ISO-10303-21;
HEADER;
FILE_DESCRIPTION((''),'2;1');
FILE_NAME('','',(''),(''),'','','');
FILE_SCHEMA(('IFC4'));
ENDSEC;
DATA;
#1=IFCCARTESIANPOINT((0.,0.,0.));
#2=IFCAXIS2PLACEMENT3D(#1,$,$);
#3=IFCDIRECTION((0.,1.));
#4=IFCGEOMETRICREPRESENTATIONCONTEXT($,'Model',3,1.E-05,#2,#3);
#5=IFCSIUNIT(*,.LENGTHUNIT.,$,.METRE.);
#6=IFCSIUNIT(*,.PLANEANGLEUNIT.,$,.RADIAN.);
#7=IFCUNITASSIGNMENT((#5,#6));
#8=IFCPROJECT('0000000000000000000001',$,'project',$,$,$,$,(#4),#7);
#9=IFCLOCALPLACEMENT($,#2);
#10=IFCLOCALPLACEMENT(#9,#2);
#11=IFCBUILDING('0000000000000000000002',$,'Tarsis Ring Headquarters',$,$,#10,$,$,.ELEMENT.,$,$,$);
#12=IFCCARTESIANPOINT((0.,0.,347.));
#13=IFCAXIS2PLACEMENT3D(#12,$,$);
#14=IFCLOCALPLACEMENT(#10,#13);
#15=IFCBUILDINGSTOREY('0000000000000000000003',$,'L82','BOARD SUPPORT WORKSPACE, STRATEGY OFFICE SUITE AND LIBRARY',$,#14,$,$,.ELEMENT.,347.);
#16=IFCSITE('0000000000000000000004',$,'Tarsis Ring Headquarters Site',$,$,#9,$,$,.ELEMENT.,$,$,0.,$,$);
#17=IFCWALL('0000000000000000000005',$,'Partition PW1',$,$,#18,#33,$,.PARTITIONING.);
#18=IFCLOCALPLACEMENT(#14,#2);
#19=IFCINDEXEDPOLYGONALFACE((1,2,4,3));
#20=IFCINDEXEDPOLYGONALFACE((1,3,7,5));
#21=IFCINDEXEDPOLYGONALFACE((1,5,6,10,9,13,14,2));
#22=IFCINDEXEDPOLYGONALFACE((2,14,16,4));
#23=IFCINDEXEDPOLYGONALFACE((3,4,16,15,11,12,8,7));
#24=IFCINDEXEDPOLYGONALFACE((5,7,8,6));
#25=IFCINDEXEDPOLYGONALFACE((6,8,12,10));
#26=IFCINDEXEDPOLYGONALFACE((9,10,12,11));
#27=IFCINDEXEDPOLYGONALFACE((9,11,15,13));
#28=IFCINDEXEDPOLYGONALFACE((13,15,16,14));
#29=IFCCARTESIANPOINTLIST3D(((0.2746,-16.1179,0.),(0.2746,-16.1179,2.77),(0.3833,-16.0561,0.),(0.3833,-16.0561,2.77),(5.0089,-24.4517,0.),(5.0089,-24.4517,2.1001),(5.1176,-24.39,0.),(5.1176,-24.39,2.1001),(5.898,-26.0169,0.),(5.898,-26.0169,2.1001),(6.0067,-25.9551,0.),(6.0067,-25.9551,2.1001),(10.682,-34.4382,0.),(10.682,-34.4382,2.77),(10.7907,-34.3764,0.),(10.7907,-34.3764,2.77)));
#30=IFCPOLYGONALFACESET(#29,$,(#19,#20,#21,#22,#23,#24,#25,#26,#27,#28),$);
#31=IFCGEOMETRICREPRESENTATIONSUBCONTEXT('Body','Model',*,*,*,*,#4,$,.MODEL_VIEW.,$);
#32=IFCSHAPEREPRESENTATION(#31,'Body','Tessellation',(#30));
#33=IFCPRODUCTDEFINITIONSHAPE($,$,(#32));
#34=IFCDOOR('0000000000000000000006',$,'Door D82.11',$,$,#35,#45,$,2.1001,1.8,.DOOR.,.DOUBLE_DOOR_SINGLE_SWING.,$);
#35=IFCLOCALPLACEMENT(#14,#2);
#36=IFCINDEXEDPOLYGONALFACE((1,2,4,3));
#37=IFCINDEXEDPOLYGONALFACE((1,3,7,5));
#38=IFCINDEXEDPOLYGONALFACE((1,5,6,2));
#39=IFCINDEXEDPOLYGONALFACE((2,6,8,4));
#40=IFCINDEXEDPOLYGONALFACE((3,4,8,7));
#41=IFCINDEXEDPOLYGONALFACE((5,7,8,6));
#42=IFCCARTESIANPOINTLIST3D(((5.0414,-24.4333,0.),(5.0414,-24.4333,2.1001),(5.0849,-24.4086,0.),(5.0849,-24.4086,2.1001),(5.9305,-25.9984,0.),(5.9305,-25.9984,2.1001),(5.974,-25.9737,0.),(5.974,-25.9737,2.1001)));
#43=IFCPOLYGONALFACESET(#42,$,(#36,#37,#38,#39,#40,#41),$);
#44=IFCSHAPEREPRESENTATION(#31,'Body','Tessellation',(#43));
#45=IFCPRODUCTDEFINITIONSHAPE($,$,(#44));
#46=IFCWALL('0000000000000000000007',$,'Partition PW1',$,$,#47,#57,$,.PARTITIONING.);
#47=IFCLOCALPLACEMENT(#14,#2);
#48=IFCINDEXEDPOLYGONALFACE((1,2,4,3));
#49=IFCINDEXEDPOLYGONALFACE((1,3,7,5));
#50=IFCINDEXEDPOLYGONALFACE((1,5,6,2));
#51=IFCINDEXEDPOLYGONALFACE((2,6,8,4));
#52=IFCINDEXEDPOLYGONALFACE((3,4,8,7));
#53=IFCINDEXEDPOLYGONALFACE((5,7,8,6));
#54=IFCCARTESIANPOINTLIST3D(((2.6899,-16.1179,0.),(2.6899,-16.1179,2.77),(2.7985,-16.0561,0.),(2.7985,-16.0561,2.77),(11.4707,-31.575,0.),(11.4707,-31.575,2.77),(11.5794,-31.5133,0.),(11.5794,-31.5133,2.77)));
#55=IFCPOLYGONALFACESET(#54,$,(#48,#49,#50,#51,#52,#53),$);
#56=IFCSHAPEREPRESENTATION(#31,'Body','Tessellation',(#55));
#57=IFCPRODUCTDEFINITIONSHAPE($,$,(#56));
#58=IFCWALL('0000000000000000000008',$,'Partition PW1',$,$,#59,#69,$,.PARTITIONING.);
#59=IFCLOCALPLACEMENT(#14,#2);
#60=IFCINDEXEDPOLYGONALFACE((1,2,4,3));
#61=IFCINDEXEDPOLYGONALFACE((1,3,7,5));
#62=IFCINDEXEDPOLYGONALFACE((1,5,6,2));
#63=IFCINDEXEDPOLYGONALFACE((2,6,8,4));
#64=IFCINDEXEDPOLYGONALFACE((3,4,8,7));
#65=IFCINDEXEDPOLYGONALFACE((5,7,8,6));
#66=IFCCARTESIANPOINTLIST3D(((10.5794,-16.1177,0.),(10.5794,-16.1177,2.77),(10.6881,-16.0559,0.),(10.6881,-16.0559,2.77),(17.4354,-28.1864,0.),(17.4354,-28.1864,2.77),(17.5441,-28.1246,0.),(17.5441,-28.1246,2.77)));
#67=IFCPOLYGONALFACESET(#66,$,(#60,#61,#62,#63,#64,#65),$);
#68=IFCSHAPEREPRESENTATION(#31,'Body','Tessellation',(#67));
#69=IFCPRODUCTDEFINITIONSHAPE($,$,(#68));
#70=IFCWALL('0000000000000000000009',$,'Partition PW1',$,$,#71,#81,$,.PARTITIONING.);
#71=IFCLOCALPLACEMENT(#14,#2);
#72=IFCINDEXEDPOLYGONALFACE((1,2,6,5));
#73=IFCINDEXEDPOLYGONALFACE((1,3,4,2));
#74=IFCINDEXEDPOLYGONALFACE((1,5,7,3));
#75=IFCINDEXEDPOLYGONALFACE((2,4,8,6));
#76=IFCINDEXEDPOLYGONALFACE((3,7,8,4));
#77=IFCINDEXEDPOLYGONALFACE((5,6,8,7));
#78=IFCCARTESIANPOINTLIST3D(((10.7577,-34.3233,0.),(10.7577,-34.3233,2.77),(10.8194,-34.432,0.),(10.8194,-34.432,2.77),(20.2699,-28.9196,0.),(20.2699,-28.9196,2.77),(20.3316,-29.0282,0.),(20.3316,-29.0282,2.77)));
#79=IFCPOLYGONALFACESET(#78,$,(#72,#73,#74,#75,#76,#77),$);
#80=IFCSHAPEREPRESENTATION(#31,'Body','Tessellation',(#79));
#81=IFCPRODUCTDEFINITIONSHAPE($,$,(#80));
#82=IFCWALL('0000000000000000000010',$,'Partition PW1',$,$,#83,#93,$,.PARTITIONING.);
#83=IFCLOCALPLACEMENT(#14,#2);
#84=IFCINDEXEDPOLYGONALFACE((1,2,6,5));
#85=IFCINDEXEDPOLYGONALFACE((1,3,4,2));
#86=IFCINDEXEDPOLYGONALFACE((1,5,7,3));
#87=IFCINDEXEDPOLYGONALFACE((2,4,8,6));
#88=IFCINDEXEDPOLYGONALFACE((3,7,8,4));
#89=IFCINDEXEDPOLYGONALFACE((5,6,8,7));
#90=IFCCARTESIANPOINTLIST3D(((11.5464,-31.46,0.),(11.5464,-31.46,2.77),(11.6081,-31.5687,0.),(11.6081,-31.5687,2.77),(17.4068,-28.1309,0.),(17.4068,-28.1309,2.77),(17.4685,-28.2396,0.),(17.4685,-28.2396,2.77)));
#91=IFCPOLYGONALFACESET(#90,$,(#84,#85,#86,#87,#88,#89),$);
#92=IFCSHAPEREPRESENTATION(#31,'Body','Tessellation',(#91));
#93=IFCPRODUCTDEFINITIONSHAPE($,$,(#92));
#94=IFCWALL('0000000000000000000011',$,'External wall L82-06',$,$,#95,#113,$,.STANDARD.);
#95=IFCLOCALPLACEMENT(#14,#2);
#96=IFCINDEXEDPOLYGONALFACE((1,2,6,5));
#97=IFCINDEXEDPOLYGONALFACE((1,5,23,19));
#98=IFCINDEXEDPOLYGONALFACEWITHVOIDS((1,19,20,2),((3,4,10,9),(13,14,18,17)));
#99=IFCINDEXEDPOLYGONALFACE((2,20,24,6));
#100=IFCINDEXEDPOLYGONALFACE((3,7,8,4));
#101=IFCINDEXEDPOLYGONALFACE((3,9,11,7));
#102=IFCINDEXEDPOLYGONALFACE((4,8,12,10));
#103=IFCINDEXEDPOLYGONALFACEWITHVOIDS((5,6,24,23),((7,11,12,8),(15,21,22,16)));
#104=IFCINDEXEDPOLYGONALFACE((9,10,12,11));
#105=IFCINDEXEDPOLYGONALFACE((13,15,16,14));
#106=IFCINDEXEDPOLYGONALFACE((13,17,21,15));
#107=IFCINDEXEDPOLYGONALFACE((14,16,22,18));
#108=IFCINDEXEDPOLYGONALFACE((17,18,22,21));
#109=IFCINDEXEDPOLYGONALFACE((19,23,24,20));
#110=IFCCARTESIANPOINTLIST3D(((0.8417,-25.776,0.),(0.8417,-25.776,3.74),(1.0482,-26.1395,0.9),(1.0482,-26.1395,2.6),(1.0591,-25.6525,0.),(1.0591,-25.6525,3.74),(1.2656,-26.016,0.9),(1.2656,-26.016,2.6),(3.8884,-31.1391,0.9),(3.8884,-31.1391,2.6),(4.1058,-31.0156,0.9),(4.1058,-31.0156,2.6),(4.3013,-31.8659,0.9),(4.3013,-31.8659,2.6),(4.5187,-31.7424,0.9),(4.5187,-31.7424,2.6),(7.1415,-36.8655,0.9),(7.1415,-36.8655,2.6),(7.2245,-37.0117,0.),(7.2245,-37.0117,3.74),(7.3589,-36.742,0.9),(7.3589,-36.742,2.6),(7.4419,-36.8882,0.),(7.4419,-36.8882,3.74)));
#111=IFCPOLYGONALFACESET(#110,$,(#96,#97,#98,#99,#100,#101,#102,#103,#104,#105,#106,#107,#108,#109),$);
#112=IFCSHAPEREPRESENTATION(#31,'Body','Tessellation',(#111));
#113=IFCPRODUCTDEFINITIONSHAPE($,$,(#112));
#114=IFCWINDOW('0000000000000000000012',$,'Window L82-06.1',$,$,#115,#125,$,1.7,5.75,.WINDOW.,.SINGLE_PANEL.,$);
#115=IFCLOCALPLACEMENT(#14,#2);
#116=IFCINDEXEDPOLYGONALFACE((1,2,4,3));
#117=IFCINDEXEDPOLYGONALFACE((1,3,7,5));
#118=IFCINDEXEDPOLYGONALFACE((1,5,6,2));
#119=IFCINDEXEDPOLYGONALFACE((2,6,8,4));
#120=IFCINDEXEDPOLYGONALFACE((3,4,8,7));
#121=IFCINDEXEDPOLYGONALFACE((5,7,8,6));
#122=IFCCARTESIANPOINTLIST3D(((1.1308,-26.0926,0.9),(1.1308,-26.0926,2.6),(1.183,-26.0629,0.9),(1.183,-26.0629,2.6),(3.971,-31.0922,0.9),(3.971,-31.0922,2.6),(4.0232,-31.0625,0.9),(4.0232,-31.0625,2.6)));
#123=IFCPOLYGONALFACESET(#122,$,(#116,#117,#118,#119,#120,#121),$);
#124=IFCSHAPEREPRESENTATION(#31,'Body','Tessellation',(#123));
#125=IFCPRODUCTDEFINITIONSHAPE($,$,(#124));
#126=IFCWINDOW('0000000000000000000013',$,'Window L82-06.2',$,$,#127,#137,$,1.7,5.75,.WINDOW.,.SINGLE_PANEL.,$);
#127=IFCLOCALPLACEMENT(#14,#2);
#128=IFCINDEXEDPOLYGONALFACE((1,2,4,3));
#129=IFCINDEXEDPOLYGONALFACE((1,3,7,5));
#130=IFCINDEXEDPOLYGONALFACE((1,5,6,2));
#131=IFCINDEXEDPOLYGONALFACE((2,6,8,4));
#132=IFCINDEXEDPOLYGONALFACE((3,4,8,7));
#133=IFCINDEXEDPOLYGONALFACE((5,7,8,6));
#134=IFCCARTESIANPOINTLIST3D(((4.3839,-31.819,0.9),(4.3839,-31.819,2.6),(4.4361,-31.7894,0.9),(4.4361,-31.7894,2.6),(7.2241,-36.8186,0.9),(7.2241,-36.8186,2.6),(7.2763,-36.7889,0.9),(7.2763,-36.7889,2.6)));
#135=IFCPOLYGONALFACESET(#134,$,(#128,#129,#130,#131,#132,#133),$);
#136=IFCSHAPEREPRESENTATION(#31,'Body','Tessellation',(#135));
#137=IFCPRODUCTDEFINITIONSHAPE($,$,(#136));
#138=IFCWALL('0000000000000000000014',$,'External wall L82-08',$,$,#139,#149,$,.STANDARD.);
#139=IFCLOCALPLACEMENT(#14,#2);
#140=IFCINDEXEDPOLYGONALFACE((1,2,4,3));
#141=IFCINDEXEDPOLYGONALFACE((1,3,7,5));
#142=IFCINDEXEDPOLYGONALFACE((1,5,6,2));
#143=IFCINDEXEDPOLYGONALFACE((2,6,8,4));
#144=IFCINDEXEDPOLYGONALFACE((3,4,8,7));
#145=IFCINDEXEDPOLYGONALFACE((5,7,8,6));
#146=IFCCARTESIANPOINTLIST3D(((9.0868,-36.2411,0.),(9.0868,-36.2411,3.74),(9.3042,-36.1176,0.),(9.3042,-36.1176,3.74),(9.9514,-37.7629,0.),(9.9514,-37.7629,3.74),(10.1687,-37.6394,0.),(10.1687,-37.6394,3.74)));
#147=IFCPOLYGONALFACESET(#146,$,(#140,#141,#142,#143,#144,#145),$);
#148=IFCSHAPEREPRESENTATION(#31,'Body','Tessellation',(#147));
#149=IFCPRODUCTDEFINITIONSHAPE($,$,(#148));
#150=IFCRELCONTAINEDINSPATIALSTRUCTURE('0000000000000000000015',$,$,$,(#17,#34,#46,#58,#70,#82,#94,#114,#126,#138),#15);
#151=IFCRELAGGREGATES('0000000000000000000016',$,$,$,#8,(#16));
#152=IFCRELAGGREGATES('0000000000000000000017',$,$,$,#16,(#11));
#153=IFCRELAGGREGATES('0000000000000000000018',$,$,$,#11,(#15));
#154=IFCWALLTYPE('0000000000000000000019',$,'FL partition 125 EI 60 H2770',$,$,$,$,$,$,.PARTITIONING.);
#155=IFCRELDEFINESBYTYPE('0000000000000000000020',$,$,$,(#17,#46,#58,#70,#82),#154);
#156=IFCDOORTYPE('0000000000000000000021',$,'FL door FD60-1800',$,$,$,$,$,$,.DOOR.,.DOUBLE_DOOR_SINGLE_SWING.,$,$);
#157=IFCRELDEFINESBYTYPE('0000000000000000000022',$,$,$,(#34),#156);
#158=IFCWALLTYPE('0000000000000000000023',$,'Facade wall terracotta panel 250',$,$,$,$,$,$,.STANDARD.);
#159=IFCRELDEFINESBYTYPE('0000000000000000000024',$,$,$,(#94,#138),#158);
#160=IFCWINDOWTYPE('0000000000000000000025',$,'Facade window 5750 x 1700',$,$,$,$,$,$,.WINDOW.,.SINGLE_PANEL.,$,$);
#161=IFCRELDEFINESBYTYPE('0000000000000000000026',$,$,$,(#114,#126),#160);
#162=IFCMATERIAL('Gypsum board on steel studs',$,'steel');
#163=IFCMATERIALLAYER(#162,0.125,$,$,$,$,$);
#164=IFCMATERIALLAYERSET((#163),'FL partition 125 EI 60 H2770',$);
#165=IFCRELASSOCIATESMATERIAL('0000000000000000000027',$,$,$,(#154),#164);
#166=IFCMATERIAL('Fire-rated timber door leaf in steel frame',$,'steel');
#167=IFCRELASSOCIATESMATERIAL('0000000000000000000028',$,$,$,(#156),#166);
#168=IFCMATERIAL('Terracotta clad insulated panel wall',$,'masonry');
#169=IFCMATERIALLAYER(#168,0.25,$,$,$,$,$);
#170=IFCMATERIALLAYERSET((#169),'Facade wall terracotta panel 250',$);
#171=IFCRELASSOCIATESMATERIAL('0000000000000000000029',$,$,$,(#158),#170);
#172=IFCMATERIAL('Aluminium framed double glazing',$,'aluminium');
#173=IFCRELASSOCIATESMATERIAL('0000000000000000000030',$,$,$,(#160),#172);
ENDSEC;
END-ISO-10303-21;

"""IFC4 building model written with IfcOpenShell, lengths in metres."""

from ifc_helpers import new_model, si_unit, direction, frame, frame_2d, origin, place, context, subcontext, project, spatial, rectangle, extrude, material, layer, layer_set, type_object, element, fill, save


model = new_model("IFC4")

# Units and contexts
model_context = context("Model", 3, precision=1e-05, world=origin(), true_north=direction((0.0, 1.0)))
body_context = subcontext(model_context, "Body", "Model", "MODEL_VIEW")
ifc_project = project(units=[si_unit("LENGTHUNIT", "METRE"), si_unit("PLANEANGLEUNIT", "RADIAN")], contexts=[model_context])

# Site, building, storey
site_placement = place(None, origin())
site = spatial("IfcSite", under=ifc_project, at=site_placement, Name="Tarsis Ring Headquarters Site", CompositionType="ELEMENT", RefElevation=0.0)
building_placement = place(site_placement, origin())
building = spatial("IfcBuilding", under=site, at=building_placement, Name="Tarsis Ring Headquarters", CompositionType="ELEMENT")
storey_placement = place(building_placement, frame((0.0, 0.0, 347.0)))
storey = spatial("IfcBuildingStorey", under=building, at=storey_placement, Name="L82", Description="BOARD SUPPORT WORKSPACE, STRATEGY OFFICE SUITE AND LIBRARY", CompositionType="ELEMENT", Elevation=347.0)

# Shared definitions
ifc_material_1 = material(Name="Gypsum board on steel studs", Category="steel")

# Wall, opening, door
ifc_layer_1 = layer(ifc_material_1, 0.125)
ifc_layer_set_1 = layer_set([ifc_layer_1], Name="FL partition 125 EI 60 H2770")
wall_type_1 = type_object("IfcWallType", Name="FL partition 125 EI 60 H2770", PredefinedType="PARTITIONING", material=ifc_layer_set_1)
wall_1_placement = place(storey_placement, frame((0.3289, -16.0869, 0.0), z_axis=(0.0, 0.0, 1.0), x_axis=(0.493945, -0.869493, 0.0)))
wall_1 = element("IfcWall", 1, at=wall_1_placement, inside=storey, type_object=wall_type_1, Name="Partition PW1", PredefinedType="PARTITIONING", context=body_context, shape_type="SweptSolid", body=[
    extrude(rectangle(XDim=21.0701, YDim=0.125, at=frame_2d((10.5352, 0.0))), origin(), (0.0, 0.0, 1.0), 2.77),
])
opening_1_placement = place(wall_1_placement, frame((9.585, 0.0, 0.0)))
opening_1 = element("IfcOpeningElement", 2, at=opening_1_placement, cuts=wall_1, PredefinedType="OPENING", context=body_context, shape_type="SweptSolid", body=[
    extrude(rectangle(XDim=1.8, YDim=2.1001, at=frame_2d((0.8999, 1.05))), frame((0.0, 0.0725, 0.0), z_axis=(0.0, -1.0, 0.0), x_axis=(1.0, 0.0, 0.0)), (0.0, 0.0, 1.0), 0.145),
])
ifc_material_2 = material(Name="Fire-rated timber door leaf in steel frame", Category="steel")
door_type_1 = type_object("IfcDoorType", Name="FL door FD60-1800", OperationType="DOUBLE_DOOR_SINGLE_SWING", PredefinedType="DOOR", material=ifc_material_2)
door_1_placement = place(opening_1_placement, origin())
door_1 = element("IfcDoor", 3, at=door_1_placement, inside=storey, type_object=door_type_1, Name="Door D82.11", OperationType="DOUBLE_DOOR_SINGLE_SWING", OverallHeight=2.1001, OverallWidth=1.8, PredefinedType="DOOR", context=body_context, shape_type="SweptSolid", body=[
    extrude(rectangle(XDim=1.8, YDim=2.1001, at=frame_2d((0.8999, 1.05))), frame((0.0, 0.0249, 0.0), z_axis=(0.0, -1.0, 0.0), x_axis=(1.0, 0.0, 0.0)), (0.0, 0.0, 1.0), 0.05),
])
fill(opening_1, door_1)

# Walls
wall_2_placement = place(storey_placement, frame((2.7441, -16.0869, 0.0), z_axis=(0.0, 0.0, 1.0), x_axis=(0.49394, -0.869496, 0.0)))
element("IfcWall", 4, at=wall_2_placement, inside=storey, type_object=wall_type_1, Name="Partition PW1", PredefinedType="PARTITIONING", context=body_context, shape_type="SweptSolid", body=[
    extrude(rectangle(XDim=17.7771, YDim=0.125, at=frame_2d((8.8887, 0.0))), origin(), (0.0, 0.0, 1.0), 2.77),
])
wall_3_placement = place(storey_placement, frame((10.6338, -16.0869, 0.0), z_axis=(0.0, 0.0, 1.0), x_axis=(0.493944, -0.869494, 0.0)))
element("IfcWall", 5, at=wall_3_placement, inside=storey, type_object=wall_type_1, Name="Partition PW1", PredefinedType="PARTITIONING", context=body_context, shape_type="SweptSolid", body=[
    extrude(rectangle(XDim=13.8801, YDim=0.125, at=frame_2d((6.9399, 0.0))), origin(), (0.0, 0.0, 1.0), 2.77),
])
wall_4_placement = place(storey_placement, frame((10.7886, -34.3777, 0.0), z_axis=(0.0, 0.0, 1.0), x_axis=(0.86949, 0.49395, 0.0)))
element("IfcWall", 6, at=wall_4_placement, inside=storey, type_object=wall_type_1, Name="Partition PW1", PredefinedType="PARTITIONING", context=body_context, shape_type="SweptSolid", body=[
    extrude(rectangle(XDim=10.9399, YDim=0.125, at=frame_2d((5.47, 0.0))), origin(), (0.0, 0.0, 1.0), 2.77),
])
wall_5_placement = place(storey_placement, frame((11.5771, -31.5144, 0.0), z_axis=(0.0, 0.0, 1.0), x_axis=(0.869498, 0.493937, 0.0)))
element("IfcWall", 7, at=wall_5_placement, inside=storey, type_object=wall_type_1, Name="Partition PW1", PredefinedType="PARTITIONING", context=body_context, shape_type="SweptSolid", body=[
    extrude(rectangle(XDim=6.74, YDim=0.125, at=frame_2d((3.3701, 0.0))), origin(), (0.0, 0.0, 1.0), 2.77),
])

# Wall, openings, windows
ifc_material_3 = material(Name="Terracotta clad insulated panel wall", Category="masonry")
ifc_layer_2 = layer(ifc_material_3, 0.25)
ifc_layer_set_2 = layer_set([ifc_layer_2], Name="Facade wall terracotta panel 250")
wall_type_2 = type_object("IfcWallType", Name="Facade wall terracotta panel 250", PredefinedType="STANDARD", material=ifc_layer_set_2)
wall_6_placement = place(storey_placement, frame((0.9504, -25.7144, 0.0), z_axis=(0.0, 0.0, 1.0), x_axis=(0.493948, -0.869491, 0.0)))
wall_6 = element("IfcWall", 8, at=wall_6_placement, inside=storey, type_object=wall_type_2, Name="External wall L82-06", PredefinedType="STANDARD", context=body_context, shape_type="SweptSolid", body=[
    extrude(rectangle(XDim=12.9221, YDim=0.25, at=frame_2d((6.4609, 0.0))), origin(), (0.0, 0.0, 1.0), 3.74),
])
opening_2_placement = place(wall_6_placement, frame((0.418, 0.0, 0.8999)))
opening_2 = element("IfcOpeningElement", 9, at=opening_2_placement, cuts=wall_6, PredefinedType="OPENING", context=body_context, shape_type="SweptSolid", body=[
    extrude(rectangle(XDim=5.75, YDim=1.7, at=frame_2d((2.875, 0.8501))), frame((0.0, 0.135, 0.0), z_axis=(0.0, -1.0, 0.0), x_axis=(1.0, 0.0, 0.0)), (0.0, 0.0, 1.0), 0.27),
])
opening_3_placement = place(wall_6_placement, frame((7.0039, 0.0, 0.8999)))
opening_3 = element("IfcOpeningElement", 10, at=opening_3_placement, cuts=wall_6, PredefinedType="OPENING", context=body_context, shape_type="SweptSolid", body=[
    extrude(rectangle(XDim=5.75, YDim=1.7, at=frame_2d((2.875, 0.8501))), frame((0.0, 0.135, 0.0), z_axis=(0.0, -1.0, 0.0), x_axis=(1.0, 0.0, 0.0)), (0.0, 0.0, 1.0), 0.27),
])
ifc_material_4 = material(Name="Aluminium framed double glazing", Category="aluminium")
window_type = type_object("IfcWindowType", Name="Facade window 5750 x 1700", PartitioningType="SINGLE_PANEL", PredefinedType="WINDOW", material=ifc_material_4)
window_1_placement = place(opening_2_placement, origin())
window_1 = element("IfcWindow", 11, at=window_1_placement, inside=storey, type_object=window_type, Name="Window L82-06.1", OverallHeight=1.7, OverallWidth=5.75, PartitioningType="SINGLE_PANEL", PredefinedType="WINDOW", context=body_context, shape_type="SweptSolid", body=[
    extrude(rectangle(XDim=5.75, YDim=1.7, at=frame_2d((2.875, 0.8501))), frame((0.0, 0.03, 0.0), z_axis=(0.0, -1.0, 0.0), x_axis=(1.0, 0.0, 0.0)), (0.0, 0.0, 1.0), 0.0601),
])
fill(opening_2, window_1)
window_2_placement = place(opening_3_placement, origin())
window_2 = element("IfcWindow", 12, at=window_2_placement, inside=storey, type_object=window_type, Name="Window L82-06.2", OverallHeight=1.7, OverallWidth=5.75, PartitioningType="SINGLE_PANEL", PredefinedType="WINDOW", context=body_context, shape_type="SweptSolid", body=[
    extrude(rectangle(XDim=5.75, YDim=1.7, at=frame_2d((2.875, 0.8501))), frame((0.0, 0.03, 0.0), z_axis=(0.0, -1.0, 0.0), x_axis=(1.0, 0.0, 0.0)), (0.0, 0.0, 1.0), 0.0601),
])
fill(opening_3, window_2)

# Wall
wall_7_placement = place(storey_placement, frame((9.1956, -36.1794, 0.0), z_axis=(0.0, 0.0, 1.0), x_axis=(0.493959, -0.869485, 0.0)))
element("IfcWall", 13, at=wall_7_placement, inside=storey, type_object=wall_type_2, Name="External wall L82-08", PredefinedType="STANDARD", context=body_context, shape_type="SweptSolid", body=[
    extrude(rectangle(XDim=1.7502, YDim=0.25, at=frame_2d((0.875, 0.0))), origin(), (0.0, 0.0, 1.0), 3.74),
])

save(model, "model.ifc")
